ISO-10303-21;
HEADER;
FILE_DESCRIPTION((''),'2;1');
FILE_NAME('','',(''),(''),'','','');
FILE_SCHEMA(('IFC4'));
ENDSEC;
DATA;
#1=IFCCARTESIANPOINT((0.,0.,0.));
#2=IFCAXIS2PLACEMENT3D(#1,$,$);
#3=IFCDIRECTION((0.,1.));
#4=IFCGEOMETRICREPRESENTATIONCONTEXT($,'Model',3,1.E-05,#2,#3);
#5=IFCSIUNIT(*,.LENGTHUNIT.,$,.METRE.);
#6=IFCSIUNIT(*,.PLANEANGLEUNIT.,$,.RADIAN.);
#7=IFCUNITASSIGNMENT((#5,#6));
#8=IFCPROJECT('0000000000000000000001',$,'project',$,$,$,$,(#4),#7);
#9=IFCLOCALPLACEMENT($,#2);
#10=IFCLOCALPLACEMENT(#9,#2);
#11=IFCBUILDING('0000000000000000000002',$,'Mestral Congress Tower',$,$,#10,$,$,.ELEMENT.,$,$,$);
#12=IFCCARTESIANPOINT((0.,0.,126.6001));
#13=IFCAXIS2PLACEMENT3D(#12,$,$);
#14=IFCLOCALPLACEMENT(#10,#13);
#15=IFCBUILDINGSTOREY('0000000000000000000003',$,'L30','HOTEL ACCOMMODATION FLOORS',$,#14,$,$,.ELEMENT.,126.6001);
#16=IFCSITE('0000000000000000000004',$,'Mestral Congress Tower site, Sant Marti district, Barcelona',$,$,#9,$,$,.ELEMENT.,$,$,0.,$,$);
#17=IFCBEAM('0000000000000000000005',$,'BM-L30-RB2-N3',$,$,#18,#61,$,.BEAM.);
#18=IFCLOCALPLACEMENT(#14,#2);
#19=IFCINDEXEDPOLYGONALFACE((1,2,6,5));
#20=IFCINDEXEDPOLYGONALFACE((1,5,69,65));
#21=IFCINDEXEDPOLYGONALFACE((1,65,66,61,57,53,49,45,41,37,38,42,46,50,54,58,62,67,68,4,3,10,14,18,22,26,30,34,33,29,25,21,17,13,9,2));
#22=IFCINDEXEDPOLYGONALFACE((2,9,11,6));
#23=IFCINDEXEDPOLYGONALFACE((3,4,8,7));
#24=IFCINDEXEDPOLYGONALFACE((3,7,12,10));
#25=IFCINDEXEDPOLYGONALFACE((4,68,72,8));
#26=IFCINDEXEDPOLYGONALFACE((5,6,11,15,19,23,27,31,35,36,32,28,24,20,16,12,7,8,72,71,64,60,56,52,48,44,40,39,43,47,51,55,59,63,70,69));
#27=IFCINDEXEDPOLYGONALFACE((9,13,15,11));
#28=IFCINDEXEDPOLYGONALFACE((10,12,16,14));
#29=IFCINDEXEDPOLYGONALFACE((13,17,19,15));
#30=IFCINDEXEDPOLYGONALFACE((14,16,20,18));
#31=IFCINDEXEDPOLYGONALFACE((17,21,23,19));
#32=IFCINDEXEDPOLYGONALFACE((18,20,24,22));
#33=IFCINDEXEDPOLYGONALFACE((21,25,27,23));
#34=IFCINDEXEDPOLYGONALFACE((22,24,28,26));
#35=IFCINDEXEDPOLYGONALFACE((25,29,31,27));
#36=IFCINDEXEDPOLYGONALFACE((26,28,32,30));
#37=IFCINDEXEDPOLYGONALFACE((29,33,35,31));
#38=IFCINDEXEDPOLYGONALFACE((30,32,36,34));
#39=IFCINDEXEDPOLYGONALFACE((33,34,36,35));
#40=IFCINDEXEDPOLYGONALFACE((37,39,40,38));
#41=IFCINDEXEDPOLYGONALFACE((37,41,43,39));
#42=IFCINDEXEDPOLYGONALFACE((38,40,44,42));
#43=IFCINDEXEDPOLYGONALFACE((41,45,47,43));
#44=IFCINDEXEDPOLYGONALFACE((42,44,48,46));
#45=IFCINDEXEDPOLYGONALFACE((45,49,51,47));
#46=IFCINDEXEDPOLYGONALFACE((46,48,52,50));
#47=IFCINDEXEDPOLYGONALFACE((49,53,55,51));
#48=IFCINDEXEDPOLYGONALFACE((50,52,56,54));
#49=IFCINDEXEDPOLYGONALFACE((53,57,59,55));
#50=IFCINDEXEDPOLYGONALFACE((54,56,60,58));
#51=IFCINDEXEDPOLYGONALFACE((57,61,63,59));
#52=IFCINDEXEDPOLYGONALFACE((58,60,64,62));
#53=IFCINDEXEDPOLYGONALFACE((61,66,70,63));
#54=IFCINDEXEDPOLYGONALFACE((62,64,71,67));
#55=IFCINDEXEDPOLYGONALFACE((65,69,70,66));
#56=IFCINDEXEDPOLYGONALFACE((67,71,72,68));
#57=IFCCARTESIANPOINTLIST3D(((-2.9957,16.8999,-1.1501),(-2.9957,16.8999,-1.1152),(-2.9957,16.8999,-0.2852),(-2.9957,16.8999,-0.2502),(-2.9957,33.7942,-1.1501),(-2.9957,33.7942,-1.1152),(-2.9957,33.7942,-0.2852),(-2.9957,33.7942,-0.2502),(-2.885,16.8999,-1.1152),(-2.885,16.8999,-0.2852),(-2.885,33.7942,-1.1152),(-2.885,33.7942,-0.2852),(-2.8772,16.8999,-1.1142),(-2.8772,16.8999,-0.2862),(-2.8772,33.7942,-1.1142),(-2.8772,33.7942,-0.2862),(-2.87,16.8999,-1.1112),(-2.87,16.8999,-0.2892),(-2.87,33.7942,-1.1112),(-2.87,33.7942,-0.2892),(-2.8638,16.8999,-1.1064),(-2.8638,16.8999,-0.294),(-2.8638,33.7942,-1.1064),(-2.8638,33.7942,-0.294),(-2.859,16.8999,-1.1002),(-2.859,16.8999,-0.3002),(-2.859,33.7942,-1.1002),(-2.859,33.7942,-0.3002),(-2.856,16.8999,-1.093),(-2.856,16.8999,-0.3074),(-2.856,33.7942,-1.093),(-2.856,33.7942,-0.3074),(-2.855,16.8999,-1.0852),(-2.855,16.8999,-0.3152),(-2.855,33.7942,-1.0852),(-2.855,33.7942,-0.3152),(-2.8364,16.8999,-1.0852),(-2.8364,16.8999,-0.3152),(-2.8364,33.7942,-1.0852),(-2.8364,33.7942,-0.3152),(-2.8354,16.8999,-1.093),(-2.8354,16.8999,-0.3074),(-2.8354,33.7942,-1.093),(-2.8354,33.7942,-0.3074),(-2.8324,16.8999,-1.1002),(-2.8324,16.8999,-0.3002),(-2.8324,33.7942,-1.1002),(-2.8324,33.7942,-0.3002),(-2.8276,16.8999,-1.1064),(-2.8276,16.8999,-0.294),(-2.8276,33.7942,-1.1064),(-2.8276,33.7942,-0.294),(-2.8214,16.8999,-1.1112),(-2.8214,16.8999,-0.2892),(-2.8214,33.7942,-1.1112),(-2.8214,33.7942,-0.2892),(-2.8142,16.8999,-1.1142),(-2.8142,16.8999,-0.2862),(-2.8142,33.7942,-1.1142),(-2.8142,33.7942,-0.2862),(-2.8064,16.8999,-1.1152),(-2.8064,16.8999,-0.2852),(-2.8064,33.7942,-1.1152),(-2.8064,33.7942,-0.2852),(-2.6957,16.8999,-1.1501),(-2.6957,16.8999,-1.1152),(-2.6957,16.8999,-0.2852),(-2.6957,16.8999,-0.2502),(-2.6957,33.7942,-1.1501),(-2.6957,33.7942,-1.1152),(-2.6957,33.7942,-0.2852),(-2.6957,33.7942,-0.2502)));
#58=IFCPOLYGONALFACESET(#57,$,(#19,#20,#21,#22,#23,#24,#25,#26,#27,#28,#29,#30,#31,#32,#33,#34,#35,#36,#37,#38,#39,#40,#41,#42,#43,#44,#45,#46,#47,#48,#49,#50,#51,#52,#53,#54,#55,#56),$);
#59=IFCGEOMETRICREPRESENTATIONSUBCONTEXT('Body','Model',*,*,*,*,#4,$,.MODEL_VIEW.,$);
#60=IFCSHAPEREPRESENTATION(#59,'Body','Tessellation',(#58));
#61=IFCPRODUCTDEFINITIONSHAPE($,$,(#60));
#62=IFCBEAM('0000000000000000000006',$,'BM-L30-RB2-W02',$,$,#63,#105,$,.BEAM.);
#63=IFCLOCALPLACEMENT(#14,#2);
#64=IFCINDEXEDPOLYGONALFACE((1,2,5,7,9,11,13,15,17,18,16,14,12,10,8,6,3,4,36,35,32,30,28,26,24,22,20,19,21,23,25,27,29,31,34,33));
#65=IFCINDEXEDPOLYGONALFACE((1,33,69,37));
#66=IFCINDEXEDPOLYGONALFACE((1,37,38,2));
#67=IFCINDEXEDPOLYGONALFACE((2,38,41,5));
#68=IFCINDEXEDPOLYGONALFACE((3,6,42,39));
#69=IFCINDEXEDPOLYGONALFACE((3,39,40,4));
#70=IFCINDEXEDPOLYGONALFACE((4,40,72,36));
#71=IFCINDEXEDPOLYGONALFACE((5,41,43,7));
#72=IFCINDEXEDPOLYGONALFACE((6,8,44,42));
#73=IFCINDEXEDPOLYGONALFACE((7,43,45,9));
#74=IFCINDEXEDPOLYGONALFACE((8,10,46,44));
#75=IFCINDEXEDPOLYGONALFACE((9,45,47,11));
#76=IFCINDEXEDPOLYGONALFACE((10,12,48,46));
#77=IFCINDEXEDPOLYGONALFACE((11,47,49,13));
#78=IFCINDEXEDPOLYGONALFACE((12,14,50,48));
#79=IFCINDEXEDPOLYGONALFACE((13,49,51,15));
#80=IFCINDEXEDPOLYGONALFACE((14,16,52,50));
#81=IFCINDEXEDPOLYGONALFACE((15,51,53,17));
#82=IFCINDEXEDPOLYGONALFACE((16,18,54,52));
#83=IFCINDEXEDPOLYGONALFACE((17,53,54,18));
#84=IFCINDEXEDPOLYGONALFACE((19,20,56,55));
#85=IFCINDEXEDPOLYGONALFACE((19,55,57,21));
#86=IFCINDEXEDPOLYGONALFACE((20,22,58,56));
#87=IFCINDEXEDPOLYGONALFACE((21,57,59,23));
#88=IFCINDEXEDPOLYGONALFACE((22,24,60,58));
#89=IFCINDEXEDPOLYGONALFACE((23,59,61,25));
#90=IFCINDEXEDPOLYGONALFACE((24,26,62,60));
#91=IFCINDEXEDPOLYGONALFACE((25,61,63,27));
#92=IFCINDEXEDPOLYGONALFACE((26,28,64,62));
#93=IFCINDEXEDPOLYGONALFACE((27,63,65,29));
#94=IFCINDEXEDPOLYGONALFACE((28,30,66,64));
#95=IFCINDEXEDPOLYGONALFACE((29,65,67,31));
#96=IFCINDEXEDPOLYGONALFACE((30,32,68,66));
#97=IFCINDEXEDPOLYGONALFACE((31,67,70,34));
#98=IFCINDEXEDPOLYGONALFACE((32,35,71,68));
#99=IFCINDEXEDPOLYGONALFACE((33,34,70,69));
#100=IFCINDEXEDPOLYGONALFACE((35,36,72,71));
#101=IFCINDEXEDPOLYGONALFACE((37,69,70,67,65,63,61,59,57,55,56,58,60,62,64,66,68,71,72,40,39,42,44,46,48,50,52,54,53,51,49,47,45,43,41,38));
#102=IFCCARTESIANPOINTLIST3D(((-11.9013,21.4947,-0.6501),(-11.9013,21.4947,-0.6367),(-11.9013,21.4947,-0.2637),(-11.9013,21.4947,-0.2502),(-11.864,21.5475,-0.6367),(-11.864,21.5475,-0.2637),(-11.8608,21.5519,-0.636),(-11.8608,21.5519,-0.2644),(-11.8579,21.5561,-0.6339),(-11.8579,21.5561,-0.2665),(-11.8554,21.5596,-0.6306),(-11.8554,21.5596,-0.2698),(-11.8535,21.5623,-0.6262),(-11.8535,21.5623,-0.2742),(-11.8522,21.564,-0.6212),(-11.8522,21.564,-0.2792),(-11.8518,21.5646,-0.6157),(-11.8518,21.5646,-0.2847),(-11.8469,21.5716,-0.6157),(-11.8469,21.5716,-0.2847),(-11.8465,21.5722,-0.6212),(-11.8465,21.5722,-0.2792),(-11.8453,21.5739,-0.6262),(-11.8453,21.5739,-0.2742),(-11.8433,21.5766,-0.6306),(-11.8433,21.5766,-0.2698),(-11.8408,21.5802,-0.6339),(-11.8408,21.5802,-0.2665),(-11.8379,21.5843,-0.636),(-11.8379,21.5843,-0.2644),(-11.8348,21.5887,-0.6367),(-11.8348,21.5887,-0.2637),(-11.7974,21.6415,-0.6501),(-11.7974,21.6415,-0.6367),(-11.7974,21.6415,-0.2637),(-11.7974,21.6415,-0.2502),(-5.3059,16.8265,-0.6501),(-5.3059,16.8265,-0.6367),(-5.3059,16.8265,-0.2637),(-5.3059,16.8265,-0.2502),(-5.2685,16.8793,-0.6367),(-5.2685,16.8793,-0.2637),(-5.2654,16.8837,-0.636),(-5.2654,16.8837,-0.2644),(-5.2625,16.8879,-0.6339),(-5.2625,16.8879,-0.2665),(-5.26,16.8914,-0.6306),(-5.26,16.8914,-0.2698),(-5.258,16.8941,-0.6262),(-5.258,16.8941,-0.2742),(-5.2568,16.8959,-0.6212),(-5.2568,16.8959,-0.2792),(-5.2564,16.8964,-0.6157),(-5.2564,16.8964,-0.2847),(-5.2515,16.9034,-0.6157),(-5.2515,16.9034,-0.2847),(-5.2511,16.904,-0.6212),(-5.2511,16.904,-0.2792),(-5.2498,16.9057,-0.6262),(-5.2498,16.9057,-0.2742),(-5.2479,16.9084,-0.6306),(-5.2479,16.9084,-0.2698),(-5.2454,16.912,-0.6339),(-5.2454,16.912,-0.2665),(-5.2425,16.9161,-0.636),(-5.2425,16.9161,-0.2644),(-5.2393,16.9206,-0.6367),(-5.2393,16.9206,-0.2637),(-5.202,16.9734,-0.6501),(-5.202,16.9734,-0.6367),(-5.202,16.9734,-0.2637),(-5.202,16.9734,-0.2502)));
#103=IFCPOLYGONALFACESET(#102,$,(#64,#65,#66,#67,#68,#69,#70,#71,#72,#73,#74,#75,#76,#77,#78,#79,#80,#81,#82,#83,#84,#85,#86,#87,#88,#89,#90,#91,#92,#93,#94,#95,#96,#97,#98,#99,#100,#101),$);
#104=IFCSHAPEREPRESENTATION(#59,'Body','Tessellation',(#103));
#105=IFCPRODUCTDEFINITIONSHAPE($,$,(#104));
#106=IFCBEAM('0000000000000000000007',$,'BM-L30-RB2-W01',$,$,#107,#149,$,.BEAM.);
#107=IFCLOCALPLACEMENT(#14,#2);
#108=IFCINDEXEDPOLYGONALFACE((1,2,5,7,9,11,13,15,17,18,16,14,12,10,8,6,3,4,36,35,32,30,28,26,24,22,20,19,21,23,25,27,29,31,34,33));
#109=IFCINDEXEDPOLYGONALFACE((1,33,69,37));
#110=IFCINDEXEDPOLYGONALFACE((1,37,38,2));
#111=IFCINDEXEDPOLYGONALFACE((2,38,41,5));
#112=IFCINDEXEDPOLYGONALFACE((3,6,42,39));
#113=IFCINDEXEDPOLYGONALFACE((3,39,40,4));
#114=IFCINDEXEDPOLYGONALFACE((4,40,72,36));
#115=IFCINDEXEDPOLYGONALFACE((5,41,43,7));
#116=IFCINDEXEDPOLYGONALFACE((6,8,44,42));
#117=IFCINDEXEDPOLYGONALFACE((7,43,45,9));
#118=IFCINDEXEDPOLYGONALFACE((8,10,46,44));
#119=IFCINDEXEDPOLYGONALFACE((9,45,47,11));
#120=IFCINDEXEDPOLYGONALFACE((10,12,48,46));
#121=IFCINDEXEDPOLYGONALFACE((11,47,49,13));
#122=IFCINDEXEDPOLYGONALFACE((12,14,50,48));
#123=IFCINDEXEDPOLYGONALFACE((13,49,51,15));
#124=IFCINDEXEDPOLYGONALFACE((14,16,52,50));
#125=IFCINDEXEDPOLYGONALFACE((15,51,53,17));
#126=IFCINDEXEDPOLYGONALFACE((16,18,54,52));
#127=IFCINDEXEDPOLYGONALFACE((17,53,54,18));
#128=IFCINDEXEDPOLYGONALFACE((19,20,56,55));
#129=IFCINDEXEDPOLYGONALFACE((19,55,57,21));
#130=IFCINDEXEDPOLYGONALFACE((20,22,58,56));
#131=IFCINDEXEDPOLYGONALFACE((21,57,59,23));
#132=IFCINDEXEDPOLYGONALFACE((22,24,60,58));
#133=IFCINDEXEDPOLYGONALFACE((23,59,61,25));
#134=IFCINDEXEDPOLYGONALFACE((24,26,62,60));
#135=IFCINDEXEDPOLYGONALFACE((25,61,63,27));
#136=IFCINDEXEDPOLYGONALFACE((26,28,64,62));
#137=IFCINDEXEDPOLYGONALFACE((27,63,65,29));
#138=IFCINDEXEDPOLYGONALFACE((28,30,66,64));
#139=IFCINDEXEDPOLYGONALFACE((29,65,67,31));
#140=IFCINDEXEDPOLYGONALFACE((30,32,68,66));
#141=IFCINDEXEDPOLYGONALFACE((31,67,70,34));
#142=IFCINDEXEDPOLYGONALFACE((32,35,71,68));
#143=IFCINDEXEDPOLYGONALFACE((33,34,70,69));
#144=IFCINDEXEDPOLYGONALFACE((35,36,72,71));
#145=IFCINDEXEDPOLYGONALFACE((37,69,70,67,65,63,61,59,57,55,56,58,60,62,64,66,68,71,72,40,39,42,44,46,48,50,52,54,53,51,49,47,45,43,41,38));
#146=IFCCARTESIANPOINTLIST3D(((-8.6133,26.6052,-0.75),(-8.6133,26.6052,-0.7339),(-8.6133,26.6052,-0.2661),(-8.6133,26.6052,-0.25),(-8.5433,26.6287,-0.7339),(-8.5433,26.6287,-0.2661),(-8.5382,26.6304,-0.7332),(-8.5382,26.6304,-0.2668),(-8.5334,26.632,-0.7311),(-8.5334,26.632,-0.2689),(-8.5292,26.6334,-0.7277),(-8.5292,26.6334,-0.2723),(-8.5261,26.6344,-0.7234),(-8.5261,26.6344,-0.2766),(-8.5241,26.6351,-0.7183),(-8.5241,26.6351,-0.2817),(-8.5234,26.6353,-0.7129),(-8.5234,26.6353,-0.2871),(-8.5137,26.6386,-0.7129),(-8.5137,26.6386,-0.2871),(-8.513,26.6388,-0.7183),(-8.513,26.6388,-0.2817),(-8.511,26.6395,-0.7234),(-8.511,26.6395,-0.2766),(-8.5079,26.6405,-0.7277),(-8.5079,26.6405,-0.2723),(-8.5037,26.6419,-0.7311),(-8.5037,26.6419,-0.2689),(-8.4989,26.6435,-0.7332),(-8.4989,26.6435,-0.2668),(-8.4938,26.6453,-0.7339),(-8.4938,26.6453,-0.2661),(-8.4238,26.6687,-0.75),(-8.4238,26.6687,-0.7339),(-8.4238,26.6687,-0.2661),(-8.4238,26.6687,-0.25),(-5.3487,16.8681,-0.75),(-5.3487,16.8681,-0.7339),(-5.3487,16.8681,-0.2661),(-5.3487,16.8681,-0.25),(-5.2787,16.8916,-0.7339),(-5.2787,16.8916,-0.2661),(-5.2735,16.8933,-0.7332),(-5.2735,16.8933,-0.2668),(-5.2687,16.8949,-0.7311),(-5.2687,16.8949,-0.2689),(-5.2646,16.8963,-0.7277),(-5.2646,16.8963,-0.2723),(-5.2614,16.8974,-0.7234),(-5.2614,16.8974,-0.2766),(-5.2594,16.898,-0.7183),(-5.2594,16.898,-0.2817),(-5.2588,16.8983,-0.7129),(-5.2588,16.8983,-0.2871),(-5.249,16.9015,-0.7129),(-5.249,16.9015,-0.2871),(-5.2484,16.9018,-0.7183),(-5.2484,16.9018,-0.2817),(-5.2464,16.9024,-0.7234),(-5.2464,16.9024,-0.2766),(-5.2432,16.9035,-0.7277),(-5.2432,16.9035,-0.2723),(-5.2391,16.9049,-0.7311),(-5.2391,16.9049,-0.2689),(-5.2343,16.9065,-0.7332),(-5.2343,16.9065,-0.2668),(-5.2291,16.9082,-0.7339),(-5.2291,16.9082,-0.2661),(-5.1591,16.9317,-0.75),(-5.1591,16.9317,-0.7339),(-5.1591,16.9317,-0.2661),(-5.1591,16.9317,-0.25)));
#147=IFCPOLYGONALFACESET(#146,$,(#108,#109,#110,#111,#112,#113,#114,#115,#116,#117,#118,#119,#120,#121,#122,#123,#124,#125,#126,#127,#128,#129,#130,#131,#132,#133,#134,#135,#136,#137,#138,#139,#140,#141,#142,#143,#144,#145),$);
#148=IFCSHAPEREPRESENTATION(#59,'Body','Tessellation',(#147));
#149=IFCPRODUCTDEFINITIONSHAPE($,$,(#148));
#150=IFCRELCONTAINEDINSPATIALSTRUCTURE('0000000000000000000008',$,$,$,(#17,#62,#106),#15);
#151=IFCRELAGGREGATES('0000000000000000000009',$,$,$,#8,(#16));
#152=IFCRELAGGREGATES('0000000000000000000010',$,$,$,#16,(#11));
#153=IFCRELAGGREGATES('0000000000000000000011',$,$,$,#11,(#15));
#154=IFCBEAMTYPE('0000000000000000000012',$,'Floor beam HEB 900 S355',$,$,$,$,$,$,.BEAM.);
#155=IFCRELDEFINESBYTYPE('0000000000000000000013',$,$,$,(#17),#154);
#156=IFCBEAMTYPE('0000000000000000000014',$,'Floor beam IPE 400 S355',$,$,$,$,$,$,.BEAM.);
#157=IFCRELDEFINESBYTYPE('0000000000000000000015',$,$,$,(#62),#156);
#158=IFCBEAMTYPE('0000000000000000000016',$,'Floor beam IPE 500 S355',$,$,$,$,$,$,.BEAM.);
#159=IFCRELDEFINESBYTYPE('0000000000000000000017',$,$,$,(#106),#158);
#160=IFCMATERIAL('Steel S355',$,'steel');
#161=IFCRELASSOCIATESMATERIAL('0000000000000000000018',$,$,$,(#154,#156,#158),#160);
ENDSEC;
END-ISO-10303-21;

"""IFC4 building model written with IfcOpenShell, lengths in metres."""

from ifc_helpers import new_model, si_unit, direction, frame, origin, origin_2d, place, context, subcontext, project, spatial, i_section, extrude, material, material_profile, profile_set, type_object, element, save


model = new_model("IFC4")

# Units and contexts
model_context = context("Model", 3, precision=1e-05, world=origin(), true_north=direction((0.0, 1.0)))
body_context = subcontext(model_context, "Body", "Model", "MODEL_VIEW")
ifc_project = project(units=[si_unit("LENGTHUNIT", "METRE"), si_unit("PLANEANGLEUNIT", "RADIAN")], contexts=[model_context])

# Site, building, storey
site_placement = place(None, origin())
site = spatial("IfcSite", under=ifc_project, at=site_placement, Name="Mestral Congress Tower site, Sant Marti district, Barcelona", CompositionType="ELEMENT", RefElevation=0.0)
building_placement = place(site_placement, origin())
building = spatial("IfcBuilding", under=site, at=building_placement, Name="Mestral Congress Tower", CompositionType="ELEMENT")
storey_placement = place(building_placement, frame((0.0, 0.0, 126.6001)))
storey = spatial("IfcBuildingStorey", under=building, at=storey_placement, Name="L30", Description="HOTEL ACCOMMODATION FLOORS", CompositionType="ELEMENT", Elevation=126.6001)

# Beams
ifc_material_1 = material(Name="Steel S355", Category="steel")
ifc_material_profile_1 = material_profile(ifc_material_1, i_section(OverallWidth=0.3, OverallDepth=0.8999, WebThickness=0.0186, FlangeThickness=0.0349, FilletRadius=0.03, at=origin_2d()), Name="HEB 900")
ifc_profile_set_1 = profile_set([ifc_material_profile_1], Name="Steel S355")
beam_type_1 = type_object("IfcBeamType", Name="Floor beam HEB 900 S355", PredefinedType="BEAM", material=ifc_profile_set_1)
beam_1_placement = place(storey_placement, frame((-2.8457, 33.7942, -0.7002), z_axis=(0.0, -1.0, 0.0), x_axis=(1.0, 0.0, 0.0)))
element("IfcBeam", 1, at=beam_1_placement, inside=storey, type_object=beam_type_1, Name="BM-L30-RB2-N3", PredefinedType="BEAM", context=body_context, shape_type="SweptSolid", body=[
    extrude(i_section(OverallWidth=0.3, OverallDepth=0.8999, WebThickness=0.0186, FlangeThickness=0.0349, FilletRadius=0.03, at=origin_2d()), origin(), (0.0, 0.0, 1.0), 16.8943),
])
ifc_material_profile_2 = material_profile(ifc_material_1, i_section(OverallWidth=0.1799, OverallDepth=0.3999, WebThickness=0.0085, FlangeThickness=0.0134, FilletRadius=0.021, at=origin_2d()), Name="IPE 400")
ifc_profile_set_2 = profile_set([ifc_material_profile_2], Name="Steel S355")
beam_type_2 = type_object("IfcBeamType", Name="Floor beam IPE 400 S355", PredefinedType="BEAM", material=ifc_profile_set_2)
beam_2_placement = place(storey_placement, frame((-11.8494, 21.5681, -0.4502), z_axis=(0.816233, -0.577723, 0.0), x_axis=(0.577723, 0.816233, 0.0)))
element("IfcBeam", 2, at=beam_2_placement, inside=storey, type_object=beam_type_2, Name="BM-L30-RB2-W02", PredefinedType="BEAM", context=body_context, shape_type="SweptSolid", body=[
    extrude(i_section(OverallWidth=0.1799, OverallDepth=0.3999, WebThickness=0.0085, FlangeThickness=0.0134, FilletRadius=0.021, at=origin_2d()), origin(), (0.0, 0.0, 1.0), 8.0803),
])
ifc_material_profile_3 = material_profile(ifc_material_1, i_section(OverallWidth=0.2, OverallDepth=0.5, WebThickness=0.0103, FlangeThickness=0.0161, FilletRadius=0.021, at=origin_2d()), Name="IPE 500")
ifc_profile_set_3 = profile_set([ifc_material_profile_3], Name="Steel S355")
beam_type_3 = type_object("IfcBeamType", Name="Floor beam IPE 500 S355", PredefinedType="BEAM", material=ifc_profile_set_3)
beam_3_placement = place(storey_placement, frame((-8.5186, 26.637, -0.5), z_axis=(0.317889, -0.948128, 0.0), x_axis=(0.948128, 0.317889, 0.0)))
element("IfcBeam", 3, at=beam_3_placement, inside=storey, type_object=beam_type_3, Name="BM-L30-RB2-W01", PredefinedType="BEAM", context=body_context, shape_type="SweptSolid", body=[
    extrude(i_section(OverallWidth=0.2, OverallDepth=0.5, WebThickness=0.0103, FlangeThickness=0.0161, FilletRadius=0.021, at=origin_2d()), origin(), (0.0, 0.0, 1.0), 10.2698),
])

save(model, "model.ifc")
